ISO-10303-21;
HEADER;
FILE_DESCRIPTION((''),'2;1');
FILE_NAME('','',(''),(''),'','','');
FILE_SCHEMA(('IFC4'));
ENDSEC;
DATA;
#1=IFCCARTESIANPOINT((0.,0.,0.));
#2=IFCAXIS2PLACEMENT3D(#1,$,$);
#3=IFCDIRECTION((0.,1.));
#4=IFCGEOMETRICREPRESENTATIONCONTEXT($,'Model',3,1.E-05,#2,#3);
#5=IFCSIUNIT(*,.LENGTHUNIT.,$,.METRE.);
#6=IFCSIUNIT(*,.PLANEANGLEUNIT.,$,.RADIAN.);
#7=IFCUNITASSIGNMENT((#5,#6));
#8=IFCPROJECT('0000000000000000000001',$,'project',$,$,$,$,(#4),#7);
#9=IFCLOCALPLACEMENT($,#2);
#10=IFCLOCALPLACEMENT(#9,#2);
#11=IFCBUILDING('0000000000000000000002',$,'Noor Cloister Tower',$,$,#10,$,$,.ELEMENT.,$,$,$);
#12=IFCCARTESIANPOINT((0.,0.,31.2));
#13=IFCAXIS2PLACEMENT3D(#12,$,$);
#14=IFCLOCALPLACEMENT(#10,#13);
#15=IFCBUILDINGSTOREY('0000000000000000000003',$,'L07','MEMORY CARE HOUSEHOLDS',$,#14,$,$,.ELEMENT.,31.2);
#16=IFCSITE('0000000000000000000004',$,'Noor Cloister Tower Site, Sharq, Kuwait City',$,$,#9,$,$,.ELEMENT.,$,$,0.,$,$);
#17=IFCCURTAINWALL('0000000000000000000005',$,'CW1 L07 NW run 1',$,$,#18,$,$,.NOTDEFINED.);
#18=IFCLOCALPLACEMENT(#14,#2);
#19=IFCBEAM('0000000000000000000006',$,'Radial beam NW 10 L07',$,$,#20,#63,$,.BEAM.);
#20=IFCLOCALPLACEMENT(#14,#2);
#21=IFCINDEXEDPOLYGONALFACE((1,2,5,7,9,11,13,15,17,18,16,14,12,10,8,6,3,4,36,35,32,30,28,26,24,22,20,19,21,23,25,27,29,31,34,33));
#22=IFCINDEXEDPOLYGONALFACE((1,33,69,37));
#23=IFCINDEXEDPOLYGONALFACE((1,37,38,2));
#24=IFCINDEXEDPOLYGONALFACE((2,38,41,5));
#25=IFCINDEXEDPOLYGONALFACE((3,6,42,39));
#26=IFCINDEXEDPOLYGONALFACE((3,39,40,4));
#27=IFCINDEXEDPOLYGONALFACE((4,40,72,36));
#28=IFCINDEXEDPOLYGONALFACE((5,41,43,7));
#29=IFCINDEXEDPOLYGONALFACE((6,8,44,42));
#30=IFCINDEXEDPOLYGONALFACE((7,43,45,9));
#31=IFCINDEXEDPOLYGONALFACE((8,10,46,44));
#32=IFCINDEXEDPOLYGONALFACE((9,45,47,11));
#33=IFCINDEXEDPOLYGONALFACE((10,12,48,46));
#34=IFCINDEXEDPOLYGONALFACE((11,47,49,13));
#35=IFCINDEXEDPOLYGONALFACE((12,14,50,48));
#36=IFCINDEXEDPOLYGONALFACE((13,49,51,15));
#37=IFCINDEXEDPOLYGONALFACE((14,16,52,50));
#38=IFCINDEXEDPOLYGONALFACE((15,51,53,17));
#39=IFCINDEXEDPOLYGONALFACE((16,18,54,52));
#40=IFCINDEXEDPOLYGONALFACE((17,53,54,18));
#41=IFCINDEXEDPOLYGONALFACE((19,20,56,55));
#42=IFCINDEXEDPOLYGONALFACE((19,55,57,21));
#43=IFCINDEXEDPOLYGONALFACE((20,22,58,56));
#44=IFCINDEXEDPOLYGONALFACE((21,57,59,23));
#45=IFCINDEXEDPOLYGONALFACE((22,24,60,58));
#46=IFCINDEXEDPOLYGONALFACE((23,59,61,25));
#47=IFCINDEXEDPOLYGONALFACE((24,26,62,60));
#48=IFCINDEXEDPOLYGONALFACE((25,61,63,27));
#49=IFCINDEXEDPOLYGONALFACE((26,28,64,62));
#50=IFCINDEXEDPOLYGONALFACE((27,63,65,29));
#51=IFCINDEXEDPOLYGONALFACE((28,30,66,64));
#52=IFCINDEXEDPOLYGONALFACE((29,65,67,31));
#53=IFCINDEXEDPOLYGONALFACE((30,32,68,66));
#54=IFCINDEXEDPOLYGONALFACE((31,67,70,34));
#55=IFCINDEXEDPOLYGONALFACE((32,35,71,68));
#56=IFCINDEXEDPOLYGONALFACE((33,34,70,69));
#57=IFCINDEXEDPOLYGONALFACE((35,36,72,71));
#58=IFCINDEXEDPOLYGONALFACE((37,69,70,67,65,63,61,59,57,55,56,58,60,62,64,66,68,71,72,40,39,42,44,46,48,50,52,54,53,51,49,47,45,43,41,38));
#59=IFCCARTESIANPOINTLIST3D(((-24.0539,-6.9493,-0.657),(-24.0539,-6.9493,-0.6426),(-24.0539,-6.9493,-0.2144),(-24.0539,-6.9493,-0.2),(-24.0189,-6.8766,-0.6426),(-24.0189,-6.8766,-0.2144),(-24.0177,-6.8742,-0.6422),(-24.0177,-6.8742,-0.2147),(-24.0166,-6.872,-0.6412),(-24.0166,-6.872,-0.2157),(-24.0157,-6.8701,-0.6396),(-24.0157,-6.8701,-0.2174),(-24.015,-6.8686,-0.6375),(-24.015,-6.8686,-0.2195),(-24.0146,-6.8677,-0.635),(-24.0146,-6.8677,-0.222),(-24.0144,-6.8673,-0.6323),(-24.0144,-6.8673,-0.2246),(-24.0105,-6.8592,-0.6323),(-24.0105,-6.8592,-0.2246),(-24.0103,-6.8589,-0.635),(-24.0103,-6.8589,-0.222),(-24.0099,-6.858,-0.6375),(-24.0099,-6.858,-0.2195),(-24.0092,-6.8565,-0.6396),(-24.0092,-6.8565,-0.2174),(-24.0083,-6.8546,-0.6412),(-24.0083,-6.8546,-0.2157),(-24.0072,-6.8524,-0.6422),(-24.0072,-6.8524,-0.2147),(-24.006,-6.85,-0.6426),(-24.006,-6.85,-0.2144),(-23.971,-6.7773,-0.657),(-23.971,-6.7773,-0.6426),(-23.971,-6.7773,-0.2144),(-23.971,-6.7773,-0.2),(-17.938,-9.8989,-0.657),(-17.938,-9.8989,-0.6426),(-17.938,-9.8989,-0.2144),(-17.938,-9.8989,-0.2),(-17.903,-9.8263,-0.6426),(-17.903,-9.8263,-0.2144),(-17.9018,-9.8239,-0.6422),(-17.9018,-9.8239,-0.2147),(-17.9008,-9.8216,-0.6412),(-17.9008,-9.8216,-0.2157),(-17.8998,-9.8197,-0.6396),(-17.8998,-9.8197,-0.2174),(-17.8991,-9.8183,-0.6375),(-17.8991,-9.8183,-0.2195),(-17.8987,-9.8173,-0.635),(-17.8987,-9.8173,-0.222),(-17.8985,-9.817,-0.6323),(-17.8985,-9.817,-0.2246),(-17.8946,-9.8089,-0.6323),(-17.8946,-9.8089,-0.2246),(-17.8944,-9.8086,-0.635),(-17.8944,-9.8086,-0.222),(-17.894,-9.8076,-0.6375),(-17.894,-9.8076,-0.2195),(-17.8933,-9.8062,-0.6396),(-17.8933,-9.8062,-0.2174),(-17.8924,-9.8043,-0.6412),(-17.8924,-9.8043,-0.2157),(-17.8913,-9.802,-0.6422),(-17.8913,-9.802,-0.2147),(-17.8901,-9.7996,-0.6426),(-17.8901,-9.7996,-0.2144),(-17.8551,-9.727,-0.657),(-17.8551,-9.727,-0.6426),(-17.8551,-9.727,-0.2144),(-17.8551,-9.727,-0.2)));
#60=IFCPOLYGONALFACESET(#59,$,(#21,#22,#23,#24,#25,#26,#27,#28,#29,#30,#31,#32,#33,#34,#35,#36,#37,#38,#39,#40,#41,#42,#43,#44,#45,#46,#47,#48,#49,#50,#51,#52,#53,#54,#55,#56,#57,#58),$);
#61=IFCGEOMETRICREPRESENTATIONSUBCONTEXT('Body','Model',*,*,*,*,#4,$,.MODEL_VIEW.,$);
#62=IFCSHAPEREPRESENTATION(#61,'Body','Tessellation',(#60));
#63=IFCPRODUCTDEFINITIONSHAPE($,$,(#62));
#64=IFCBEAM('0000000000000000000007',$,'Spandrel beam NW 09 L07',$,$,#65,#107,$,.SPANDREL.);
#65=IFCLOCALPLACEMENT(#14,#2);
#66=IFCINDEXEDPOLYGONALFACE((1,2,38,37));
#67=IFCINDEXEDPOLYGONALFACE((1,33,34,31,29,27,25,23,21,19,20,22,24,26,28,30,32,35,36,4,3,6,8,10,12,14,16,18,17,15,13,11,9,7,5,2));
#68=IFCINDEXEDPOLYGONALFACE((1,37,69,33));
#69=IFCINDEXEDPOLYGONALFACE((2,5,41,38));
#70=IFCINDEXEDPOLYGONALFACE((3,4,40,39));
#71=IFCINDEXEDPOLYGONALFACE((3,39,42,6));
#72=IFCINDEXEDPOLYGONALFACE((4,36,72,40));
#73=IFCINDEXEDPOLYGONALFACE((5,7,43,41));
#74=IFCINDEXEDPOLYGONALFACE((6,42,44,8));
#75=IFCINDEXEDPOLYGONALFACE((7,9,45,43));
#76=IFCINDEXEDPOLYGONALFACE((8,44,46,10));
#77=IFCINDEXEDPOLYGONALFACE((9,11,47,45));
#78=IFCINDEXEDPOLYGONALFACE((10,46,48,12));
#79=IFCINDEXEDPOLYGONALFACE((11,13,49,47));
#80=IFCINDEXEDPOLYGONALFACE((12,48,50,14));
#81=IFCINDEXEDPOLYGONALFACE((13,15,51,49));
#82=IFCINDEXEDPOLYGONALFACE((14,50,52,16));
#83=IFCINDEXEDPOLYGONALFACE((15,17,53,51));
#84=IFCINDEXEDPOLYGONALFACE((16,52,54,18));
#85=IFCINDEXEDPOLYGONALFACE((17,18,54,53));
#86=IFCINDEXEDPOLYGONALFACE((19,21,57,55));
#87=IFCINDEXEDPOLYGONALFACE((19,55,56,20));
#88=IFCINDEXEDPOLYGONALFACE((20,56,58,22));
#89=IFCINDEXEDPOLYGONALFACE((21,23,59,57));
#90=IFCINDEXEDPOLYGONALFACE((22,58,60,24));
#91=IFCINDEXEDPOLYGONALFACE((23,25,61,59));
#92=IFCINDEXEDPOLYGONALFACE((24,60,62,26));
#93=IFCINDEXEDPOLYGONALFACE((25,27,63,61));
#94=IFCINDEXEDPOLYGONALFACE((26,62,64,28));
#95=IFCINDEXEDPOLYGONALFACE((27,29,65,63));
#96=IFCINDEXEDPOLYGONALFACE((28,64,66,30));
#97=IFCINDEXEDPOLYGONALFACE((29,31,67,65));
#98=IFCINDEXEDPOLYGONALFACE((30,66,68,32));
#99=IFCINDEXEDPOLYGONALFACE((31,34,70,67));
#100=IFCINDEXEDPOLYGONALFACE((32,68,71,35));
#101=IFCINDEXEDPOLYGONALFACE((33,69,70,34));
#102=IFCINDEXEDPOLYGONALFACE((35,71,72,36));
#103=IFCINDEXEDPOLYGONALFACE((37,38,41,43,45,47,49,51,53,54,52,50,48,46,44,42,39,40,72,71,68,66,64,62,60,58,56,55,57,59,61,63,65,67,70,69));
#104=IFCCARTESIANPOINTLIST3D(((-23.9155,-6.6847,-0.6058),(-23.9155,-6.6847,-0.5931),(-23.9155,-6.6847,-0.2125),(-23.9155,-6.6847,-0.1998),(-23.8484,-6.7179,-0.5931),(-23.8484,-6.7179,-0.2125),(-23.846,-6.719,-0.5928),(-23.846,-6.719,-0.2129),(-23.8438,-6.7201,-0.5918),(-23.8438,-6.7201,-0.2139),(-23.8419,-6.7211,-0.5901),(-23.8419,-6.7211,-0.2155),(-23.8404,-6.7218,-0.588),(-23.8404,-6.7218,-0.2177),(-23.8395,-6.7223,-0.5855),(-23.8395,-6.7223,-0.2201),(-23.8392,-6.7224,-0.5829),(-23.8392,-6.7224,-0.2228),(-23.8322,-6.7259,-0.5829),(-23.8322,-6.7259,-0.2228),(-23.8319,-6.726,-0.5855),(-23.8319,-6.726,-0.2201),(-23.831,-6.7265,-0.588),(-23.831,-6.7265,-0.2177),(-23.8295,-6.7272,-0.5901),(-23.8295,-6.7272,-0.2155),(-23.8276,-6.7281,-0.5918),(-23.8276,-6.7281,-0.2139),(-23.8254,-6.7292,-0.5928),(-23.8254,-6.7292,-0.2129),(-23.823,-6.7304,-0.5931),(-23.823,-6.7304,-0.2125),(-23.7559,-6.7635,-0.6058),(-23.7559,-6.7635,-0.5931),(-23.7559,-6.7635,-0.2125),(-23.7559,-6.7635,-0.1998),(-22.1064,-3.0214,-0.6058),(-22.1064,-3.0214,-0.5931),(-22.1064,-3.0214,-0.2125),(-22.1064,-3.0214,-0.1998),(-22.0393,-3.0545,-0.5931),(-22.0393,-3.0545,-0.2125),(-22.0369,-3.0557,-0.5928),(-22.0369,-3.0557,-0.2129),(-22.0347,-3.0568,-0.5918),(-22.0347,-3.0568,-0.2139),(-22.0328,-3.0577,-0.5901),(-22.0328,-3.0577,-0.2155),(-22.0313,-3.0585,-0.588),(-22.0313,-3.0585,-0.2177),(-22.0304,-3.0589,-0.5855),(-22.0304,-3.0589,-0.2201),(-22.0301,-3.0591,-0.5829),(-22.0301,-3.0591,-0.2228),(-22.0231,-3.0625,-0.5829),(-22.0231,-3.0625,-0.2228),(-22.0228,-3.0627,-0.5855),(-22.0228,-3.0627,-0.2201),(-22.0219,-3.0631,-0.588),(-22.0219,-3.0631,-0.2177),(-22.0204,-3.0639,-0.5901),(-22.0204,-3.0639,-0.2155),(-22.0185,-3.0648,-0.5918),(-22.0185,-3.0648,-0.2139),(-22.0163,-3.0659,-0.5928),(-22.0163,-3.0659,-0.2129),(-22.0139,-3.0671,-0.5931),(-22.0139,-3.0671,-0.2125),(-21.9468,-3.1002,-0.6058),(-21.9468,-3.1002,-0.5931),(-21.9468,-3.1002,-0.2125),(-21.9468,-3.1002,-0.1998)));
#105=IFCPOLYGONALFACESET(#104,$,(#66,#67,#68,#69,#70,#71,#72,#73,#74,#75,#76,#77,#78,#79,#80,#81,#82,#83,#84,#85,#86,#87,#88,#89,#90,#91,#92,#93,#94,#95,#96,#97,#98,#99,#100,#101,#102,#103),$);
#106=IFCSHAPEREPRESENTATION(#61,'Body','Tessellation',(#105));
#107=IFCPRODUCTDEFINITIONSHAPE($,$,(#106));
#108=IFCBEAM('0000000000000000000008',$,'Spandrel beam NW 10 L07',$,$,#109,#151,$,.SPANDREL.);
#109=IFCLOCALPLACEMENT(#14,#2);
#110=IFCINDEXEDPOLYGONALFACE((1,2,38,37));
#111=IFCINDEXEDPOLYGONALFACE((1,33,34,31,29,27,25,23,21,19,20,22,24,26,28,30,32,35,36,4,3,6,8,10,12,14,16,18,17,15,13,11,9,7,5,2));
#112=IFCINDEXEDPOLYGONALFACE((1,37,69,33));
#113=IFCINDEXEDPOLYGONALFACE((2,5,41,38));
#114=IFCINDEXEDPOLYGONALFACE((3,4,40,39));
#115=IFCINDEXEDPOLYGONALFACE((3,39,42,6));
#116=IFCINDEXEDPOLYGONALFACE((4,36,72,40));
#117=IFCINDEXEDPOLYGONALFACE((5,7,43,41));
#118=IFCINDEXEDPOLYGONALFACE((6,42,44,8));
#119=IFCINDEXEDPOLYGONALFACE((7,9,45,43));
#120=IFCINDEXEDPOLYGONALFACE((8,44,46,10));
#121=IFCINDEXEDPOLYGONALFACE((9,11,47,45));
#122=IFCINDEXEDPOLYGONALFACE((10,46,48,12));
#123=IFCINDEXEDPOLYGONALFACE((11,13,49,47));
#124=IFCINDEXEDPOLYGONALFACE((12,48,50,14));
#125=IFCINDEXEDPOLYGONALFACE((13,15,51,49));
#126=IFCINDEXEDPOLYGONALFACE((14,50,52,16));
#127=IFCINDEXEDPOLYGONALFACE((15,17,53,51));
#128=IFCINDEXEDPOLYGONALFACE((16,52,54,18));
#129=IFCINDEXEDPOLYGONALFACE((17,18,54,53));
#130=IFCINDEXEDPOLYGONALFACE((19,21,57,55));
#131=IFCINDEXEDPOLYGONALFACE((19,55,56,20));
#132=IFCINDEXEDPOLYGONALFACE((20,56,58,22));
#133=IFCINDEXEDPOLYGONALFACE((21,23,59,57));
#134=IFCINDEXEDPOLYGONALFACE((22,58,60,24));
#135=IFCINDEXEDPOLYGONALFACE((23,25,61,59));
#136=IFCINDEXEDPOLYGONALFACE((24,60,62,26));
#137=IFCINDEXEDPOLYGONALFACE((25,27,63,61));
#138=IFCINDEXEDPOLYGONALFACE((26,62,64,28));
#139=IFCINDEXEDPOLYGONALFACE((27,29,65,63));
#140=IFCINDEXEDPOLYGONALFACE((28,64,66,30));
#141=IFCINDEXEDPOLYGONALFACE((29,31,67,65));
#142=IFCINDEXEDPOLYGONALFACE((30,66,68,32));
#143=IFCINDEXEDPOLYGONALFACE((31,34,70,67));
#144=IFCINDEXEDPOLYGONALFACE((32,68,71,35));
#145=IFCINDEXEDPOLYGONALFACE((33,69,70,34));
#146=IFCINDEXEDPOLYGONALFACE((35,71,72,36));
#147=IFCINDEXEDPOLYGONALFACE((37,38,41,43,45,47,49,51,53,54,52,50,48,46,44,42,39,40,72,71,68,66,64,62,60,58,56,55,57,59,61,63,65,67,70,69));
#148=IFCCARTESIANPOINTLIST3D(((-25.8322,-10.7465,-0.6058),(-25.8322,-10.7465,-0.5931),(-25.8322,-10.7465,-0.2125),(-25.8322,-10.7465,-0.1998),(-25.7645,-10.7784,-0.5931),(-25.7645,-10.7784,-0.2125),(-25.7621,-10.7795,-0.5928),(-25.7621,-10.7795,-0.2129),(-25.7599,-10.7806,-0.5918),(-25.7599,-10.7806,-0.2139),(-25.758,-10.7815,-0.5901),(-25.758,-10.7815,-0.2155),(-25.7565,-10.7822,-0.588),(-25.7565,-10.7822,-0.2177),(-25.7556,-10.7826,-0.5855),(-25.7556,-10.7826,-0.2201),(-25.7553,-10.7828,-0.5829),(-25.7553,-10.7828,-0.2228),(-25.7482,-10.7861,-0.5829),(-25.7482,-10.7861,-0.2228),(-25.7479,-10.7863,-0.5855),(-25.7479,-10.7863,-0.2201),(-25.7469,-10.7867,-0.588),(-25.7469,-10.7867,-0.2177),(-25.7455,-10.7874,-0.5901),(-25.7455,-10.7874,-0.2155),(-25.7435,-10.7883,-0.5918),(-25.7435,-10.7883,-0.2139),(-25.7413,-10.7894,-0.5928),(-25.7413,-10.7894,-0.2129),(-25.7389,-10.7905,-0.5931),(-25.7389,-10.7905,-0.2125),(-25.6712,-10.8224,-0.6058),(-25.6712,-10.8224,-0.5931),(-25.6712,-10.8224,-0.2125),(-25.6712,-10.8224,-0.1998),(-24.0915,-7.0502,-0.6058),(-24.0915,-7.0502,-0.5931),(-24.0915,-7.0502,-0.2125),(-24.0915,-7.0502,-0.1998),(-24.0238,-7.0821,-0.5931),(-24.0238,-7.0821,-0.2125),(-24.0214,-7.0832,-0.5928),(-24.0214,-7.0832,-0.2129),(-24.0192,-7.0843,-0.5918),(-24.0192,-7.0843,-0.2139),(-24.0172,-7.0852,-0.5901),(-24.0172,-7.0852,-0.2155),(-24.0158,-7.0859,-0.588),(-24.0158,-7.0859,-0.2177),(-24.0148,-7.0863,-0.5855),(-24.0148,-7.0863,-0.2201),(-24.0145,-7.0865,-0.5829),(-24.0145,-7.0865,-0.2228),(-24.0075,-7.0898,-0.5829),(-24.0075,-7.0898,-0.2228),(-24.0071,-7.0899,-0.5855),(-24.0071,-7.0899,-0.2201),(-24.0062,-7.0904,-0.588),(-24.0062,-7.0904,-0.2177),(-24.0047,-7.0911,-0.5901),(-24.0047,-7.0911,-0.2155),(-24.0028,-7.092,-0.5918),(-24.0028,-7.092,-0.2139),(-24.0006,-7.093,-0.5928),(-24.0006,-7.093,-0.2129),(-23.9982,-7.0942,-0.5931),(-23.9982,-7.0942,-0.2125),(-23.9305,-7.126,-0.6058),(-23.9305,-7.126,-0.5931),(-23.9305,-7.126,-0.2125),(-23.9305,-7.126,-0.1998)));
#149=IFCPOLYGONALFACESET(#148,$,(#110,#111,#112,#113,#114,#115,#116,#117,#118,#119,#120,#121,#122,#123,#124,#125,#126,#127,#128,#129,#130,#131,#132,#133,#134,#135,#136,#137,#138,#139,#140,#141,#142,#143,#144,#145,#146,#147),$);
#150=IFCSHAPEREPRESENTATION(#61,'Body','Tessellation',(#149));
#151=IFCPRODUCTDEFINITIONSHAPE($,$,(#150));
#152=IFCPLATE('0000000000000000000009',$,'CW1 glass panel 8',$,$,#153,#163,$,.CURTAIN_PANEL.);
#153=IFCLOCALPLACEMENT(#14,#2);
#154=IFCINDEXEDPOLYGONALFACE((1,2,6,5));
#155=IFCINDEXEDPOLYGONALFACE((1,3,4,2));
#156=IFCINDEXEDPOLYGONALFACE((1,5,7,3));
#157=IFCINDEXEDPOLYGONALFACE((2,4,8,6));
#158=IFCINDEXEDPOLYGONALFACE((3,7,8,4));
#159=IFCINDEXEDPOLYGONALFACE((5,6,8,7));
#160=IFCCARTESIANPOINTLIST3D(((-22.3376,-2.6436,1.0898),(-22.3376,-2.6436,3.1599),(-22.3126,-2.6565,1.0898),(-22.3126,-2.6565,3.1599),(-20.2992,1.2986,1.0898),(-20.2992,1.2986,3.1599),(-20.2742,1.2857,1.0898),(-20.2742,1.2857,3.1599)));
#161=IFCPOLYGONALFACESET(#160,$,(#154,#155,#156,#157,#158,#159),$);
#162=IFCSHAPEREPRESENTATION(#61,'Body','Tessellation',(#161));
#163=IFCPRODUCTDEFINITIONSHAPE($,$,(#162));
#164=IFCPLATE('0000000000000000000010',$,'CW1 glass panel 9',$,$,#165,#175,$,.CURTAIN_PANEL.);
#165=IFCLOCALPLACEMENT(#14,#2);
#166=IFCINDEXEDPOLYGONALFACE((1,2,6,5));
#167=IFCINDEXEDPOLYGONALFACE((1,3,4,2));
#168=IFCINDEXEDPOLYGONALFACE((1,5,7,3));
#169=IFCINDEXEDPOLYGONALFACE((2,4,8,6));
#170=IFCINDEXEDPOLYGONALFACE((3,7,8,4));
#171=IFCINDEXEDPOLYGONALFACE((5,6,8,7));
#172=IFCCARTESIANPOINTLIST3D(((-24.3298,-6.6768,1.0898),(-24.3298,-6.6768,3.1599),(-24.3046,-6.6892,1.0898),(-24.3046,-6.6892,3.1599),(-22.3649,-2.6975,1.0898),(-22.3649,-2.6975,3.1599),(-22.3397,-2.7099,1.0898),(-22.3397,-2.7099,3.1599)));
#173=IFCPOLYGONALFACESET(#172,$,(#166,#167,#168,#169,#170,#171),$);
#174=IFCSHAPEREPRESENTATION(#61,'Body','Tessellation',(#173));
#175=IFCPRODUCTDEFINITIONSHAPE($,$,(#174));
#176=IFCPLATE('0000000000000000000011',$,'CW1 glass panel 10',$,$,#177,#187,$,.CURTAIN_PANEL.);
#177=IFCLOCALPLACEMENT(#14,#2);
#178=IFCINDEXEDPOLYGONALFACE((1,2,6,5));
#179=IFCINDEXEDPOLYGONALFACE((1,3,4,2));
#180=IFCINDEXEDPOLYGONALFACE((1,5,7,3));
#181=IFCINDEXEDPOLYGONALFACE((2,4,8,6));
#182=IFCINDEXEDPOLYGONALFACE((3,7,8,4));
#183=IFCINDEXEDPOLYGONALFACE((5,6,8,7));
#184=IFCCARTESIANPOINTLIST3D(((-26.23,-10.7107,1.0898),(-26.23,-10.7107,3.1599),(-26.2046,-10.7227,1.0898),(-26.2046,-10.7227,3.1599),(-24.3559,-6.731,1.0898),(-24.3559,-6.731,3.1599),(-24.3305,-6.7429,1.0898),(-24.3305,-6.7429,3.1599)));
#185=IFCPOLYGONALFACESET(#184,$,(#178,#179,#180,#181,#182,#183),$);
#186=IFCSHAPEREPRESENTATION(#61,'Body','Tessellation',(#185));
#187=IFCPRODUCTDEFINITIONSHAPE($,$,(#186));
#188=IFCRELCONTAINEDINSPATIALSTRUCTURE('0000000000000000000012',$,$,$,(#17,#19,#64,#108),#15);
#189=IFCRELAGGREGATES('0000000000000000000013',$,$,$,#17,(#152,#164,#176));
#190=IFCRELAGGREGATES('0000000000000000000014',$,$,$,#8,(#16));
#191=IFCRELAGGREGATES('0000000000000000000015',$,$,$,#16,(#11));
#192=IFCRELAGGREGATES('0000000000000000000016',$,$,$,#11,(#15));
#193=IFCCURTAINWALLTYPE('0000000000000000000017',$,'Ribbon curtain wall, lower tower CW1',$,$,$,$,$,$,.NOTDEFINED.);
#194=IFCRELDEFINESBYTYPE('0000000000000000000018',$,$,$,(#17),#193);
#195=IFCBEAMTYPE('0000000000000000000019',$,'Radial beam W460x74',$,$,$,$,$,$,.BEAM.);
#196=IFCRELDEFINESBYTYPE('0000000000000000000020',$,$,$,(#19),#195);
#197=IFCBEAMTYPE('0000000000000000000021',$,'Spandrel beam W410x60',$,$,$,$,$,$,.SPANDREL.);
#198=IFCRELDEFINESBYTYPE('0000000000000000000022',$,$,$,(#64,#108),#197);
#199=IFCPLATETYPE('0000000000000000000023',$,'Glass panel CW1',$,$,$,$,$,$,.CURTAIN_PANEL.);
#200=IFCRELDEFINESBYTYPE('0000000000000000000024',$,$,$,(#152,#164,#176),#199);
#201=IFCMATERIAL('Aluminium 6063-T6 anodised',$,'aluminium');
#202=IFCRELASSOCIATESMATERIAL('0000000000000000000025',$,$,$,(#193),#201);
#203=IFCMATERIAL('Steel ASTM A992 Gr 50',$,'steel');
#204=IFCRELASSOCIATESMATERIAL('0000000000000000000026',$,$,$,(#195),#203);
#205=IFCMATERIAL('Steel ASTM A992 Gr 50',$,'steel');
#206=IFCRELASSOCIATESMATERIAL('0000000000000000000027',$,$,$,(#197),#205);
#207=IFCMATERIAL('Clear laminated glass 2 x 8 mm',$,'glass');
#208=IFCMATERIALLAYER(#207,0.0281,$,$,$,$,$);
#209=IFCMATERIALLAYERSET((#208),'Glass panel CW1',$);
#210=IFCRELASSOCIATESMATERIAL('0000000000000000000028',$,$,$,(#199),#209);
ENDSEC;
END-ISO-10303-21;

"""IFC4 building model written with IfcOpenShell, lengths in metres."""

from ifc_helpers import new_model, si_unit, direction, frame, origin, origin_2d, place, context, subcontext, project, spatial, rectangle, i_section, extrude, material, layer, layer_set, material_profile, profile_set, type_object, element, aggregate, save


model = new_model("IFC4")

# Units and contexts
model_context = context("Model", 3, precision=1e-05, world=origin(), true_north=direction((0.0, 1.0)))
body_context = subcontext(model_context, "Body", "Model", "MODEL_VIEW")
ifc_project = project(units=[si_unit("LENGTHUNIT", "METRE"), si_unit("PLANEANGLEUNIT", "RADIAN")], contexts=[model_context])

# Site, building, storey
site_placement = place(None, origin())
site = spatial("IfcSite", under=ifc_project, at=site_placement, Name="Noor Cloister Tower Site, Sharq, Kuwait City", CompositionType="ELEMENT", RefElevation=0.0)
building_placement = place(site_placement, origin())
building = spatial("IfcBuilding", under=site, at=building_placement, Name="Noor Cloister Tower", CompositionType="ELEMENT")
storey_placement = place(building_placement, frame((0.0, 0.0, 31.2)))
storey = spatial("IfcBuildingStorey", under=building, at=storey_placement, Name="L07", Description="MEMORY CARE HOUSEHOLDS", CompositionType="ELEMENT", Elevation=31.2)

# Curtain wall
ifc_material_1 = material(Name="Aluminium 6063-T6 anodised", Category="aluminium")
curtain_wall_type = type_object("IfcCurtainWallType", Name="Ribbon curtain wall, lower tower CW1", PredefinedType="NOTDEFINED", material=ifc_material_1)
curtain_wall_placement = place(storey_placement, origin())
curtain_wall = element("IfcCurtainWall", 1, at=curtain_wall_placement, inside=storey, type_object=curtain_wall_type, Name="CW1 L07 NW run 1", PredefinedType="NOTDEFINED")

# Beams
ifc_material_2 = material(Name="Steel ASTM A992 Gr 50", Category="steel")
ifc_material_profile_1 = material_profile(ifc_material_2, i_section(OverallWidth=0.1909, OverallDepth=0.457, WebThickness=0.009, FlangeThickness=0.0144, FilletRadius=0.0103, at=origin_2d()), Name="W460x74")
ifc_profile_set_1 = profile_set([ifc_material_profile_1], Name="Steel ASTM A992 Gr 50")
beam_type_1 = type_object("IfcBeamType", Name="Radial beam W460x74", PredefinedType="BEAM", material=ifc_profile_set_1)
beam_1_placement = place(storey_placement, frame((-24.0125, -6.8633, -0.4285), z_axis=(0.900715, -0.434411, 0.0), x_axis=(0.434411, 0.900715, 0.0)))
element("IfcBeam", 2, at=beam_1_placement, inside=storey, type_object=beam_type_1, Name="Radial beam NW 10 L07", PredefinedType="BEAM", context=body_context, shape_type="SweptSolid", body=[
    extrude(i_section(OverallWidth=0.1909, OverallDepth=0.457, WebThickness=0.009, FlangeThickness=0.0144, FilletRadius=0.0103, at=origin_2d()), origin(), (0.0, 0.0, 1.0), 6.79),
])
ifc_material_3 = material(Name="Steel ASTM A992 Gr 50", Category="steel")
ifc_material_profile_2 = material_profile(ifc_material_3, i_section(OverallWidth=0.178, OverallDepth=0.406, WebThickness=0.0078, FlangeThickness=0.0127, FilletRadius=0.0103, at=origin_2d()), Name="W410x60")
ifc_profile_set_2 = profile_set([ifc_material_profile_2], Name="Steel ASTM A992 Gr 50")
beam_type_2 = type_object("IfcBeamType", Name="Spandrel beam W410x60", PredefinedType="SPANDREL", material=ifc_profile_set_2)
for number, where, z_axis, x_axis, name in (
    (3, (-22.0266, -3.0608, -0.4028), (-0.442786, -0.896627, 0.0), (0.896627, -0.442786, 0.0), "Spandrel beam NW 09 L07"),
    (4, (-24.011, -7.0881, -0.4028), (-0.426056, -0.904697, 0.0), (0.904697, -0.426056, 0.0), "Spandrel beam NW 10 L07"),
):
    element("IfcBeam", number, at=place(storey_placement, frame(where, z_axis=z_axis, x_axis=x_axis)), inside=storey, type_object=beam_type_2, Name=name, PredefinedType="SPANDREL", context=body_context, shape_type="SweptSolid", body=[
        extrude(i_section(OverallWidth=0.178, OverallDepth=0.406, WebThickness=0.0078, FlangeThickness=0.0127, FilletRadius=0.0103, at=origin_2d()), origin(), (0.0, 0.0, 1.0), 4.0857),
    ])

# Plates
ifc_material_4 = material(Name="Clear laminated glass 2 x 8 mm", Category="glass")
ifc_layer_1 = layer(ifc_material_4, 0.0281)
ifc_layer_set_1 = layer_set([ifc_layer_1], Name="Glass panel CW1")
plate_type = type_object("IfcPlateType", Name="Glass panel CW1", PredefinedType="CURTAIN_PANEL", material=ifc_layer_set_1)
plate_1_placement = place(storey_placement, frame((-21.3059, -0.679, 1.0898), z_axis=(0.0, 0.0, 1.0), x_axis=(-0.459306, -0.888278, 0.0)))
plate_1 = element("IfcPlate", 5, at=plate_1_placement, type_object=plate_type, Name="CW1 glass panel 8", PredefinedType="CURTAIN_PANEL", context=body_context, shape_type="SweptSolid", body=[
    extrude(rectangle(XDim=4.438, YDim=0.0281, at=origin_2d()), origin(), (0.0, 0.0, 1.0), 2.0701),
])
plate_2_placement = place(storey_placement, frame((-23.3347, -4.6934, 1.0898), z_axis=(0.0, 0.0, 1.0), x_axis=(-0.442747, -0.896647, 0.0)))
plate_2 = element("IfcPlate", 6, at=plate_2_placement, type_object=plate_type, Name="CW1 glass panel 9", PredefinedType="CURTAIN_PANEL", context=body_context, shape_type="SweptSolid", body=[
    extrude(rectangle(XDim=4.438, YDim=0.0281, at=origin_2d()), origin(), (0.0, 0.0, 1.0), 2.0701),
])
plate_3_placement = place(storey_placement, frame((-25.2803, -8.7268, 1.0898), z_axis=(0.0, 0.0, 1.0), x_axis=(-0.426036, -0.904706, 0.0)))
plate_3 = element("IfcPlate", 7, at=plate_3_placement, type_object=plate_type, Name="CW1 glass panel 10", PredefinedType="CURTAIN_PANEL", context=body_context, shape_type="SweptSolid", body=[
    extrude(rectangle(XDim=4.3989, YDim=0.0281, at=origin_2d()), origin(), (0.0, 0.0, 1.0), 2.0701),
])
aggregate(curtain_wall, [plate_1, plate_2, plate_3])

save(model, "model.ifc")
